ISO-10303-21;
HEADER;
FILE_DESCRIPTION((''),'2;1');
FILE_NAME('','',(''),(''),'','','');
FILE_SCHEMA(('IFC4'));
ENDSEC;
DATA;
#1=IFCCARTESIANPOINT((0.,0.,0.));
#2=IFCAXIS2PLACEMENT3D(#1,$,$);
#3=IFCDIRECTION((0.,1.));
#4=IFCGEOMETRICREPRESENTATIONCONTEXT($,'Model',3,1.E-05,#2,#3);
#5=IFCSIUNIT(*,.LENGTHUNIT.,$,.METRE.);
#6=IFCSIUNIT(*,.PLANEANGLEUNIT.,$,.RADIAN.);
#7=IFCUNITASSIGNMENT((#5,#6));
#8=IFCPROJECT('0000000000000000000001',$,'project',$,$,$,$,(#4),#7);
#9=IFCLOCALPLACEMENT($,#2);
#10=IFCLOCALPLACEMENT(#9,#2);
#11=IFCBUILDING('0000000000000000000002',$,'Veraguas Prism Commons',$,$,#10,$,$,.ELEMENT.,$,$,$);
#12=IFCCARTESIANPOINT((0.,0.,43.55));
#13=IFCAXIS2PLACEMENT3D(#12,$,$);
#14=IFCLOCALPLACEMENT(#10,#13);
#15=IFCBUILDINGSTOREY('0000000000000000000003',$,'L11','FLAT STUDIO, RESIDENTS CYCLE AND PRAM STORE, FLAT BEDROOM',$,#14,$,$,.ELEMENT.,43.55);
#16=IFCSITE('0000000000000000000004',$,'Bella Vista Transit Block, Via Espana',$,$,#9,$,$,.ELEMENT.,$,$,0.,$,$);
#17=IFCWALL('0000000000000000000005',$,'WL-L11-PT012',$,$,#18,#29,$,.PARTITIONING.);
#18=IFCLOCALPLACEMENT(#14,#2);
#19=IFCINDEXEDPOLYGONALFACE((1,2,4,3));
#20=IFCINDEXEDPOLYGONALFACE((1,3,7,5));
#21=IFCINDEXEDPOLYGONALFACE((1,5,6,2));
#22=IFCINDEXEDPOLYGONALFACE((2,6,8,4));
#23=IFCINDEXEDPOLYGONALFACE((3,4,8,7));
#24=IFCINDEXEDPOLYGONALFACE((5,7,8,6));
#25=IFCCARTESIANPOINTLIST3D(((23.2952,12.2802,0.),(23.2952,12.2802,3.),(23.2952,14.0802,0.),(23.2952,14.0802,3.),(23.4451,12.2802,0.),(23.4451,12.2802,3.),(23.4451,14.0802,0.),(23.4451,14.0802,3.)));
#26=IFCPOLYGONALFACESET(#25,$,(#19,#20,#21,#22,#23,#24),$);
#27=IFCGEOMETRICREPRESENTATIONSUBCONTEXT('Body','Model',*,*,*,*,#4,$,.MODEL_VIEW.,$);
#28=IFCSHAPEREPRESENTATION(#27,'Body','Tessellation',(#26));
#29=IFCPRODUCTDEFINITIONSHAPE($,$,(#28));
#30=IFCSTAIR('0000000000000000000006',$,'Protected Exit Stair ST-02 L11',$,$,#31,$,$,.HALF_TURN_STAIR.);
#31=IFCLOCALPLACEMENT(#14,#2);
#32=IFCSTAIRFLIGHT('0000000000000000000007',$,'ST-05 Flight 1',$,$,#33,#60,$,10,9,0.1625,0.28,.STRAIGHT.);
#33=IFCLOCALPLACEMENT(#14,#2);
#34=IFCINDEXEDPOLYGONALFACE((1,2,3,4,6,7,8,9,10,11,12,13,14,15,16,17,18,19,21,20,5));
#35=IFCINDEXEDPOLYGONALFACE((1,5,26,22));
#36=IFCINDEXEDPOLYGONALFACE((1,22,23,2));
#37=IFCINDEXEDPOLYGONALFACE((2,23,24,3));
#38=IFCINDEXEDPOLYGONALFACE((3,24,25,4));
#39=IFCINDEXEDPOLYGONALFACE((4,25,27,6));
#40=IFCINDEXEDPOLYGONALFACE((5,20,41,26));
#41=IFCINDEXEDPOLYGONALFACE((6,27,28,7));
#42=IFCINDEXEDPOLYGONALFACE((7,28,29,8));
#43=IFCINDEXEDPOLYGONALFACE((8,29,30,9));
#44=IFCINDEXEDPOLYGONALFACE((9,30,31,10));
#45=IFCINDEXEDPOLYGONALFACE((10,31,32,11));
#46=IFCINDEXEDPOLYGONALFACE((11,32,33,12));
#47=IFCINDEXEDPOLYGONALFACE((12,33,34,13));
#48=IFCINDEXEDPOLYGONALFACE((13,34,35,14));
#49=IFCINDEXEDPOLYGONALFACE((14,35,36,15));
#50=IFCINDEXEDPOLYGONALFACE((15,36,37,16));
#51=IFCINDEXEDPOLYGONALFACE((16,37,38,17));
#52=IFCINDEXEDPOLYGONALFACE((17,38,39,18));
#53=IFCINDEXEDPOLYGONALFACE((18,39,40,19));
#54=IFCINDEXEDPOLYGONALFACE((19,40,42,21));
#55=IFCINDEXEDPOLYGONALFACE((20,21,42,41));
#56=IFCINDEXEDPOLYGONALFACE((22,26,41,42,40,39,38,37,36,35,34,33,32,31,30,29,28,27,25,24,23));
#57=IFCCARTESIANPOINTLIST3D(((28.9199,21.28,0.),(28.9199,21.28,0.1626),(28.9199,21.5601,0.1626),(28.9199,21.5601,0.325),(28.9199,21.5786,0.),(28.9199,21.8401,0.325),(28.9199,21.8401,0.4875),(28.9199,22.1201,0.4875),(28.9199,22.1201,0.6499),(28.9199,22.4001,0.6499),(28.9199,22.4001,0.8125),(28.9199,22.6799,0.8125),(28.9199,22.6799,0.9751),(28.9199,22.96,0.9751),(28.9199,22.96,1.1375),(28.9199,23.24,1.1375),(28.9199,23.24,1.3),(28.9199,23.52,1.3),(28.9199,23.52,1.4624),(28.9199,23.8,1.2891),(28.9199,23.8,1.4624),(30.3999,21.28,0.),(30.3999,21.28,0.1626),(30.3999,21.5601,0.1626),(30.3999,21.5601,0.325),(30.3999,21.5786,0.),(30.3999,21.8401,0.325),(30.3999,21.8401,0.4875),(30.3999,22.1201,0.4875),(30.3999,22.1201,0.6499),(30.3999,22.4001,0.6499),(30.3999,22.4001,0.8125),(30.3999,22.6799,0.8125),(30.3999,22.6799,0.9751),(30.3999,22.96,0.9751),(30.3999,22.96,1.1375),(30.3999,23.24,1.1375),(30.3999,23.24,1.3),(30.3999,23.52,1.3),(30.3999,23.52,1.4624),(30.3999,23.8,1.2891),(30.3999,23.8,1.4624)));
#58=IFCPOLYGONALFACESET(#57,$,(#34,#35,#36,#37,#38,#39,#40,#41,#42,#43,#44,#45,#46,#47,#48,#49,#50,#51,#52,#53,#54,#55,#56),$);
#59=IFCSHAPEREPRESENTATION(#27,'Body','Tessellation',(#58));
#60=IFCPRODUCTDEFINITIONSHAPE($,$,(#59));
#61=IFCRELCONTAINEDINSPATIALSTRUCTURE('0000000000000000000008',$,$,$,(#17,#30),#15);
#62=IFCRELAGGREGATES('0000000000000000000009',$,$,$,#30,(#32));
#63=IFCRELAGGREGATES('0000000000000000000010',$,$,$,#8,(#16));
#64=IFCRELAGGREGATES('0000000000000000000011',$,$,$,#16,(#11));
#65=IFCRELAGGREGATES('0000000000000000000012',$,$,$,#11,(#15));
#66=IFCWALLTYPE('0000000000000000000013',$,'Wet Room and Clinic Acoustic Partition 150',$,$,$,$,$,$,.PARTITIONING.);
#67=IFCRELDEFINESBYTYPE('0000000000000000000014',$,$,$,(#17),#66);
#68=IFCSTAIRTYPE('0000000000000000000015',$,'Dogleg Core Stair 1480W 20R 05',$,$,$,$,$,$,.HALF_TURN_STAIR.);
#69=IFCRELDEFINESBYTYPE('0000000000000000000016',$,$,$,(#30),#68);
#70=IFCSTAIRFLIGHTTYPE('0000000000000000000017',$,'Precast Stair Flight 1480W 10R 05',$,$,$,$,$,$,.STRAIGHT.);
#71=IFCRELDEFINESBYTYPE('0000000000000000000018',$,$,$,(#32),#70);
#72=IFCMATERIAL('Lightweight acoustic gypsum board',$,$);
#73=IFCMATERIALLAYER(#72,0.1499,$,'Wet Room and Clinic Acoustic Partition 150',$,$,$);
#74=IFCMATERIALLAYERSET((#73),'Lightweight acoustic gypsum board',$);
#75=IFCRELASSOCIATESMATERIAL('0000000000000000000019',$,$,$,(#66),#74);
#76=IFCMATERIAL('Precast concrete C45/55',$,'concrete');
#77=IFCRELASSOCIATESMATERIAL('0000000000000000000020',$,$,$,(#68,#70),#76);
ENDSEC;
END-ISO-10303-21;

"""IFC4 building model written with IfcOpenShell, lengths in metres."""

from ifc_helpers import new_model, si_unit, direction, frame, frame_2d, origin, place, context, subcontext, project, spatial, polyline, rectangle, outline, extrude, material, layer, layer_set, type_object, element, aggregate, save


model = new_model("IFC4")

# Units and contexts
model_context = context("Model", 3, precision=1e-05, world=origin(), true_north=direction((0.0, 1.0)))
body_context = subcontext(model_context, "Body", "Model", "MODEL_VIEW")
ifc_project = project(units=[si_unit("LENGTHUNIT", "METRE"), si_unit("PLANEANGLEUNIT", "RADIAN")], contexts=[model_context])

# Site, building, storey
site_placement = place(None, origin())
site = spatial("IfcSite", under=ifc_project, at=site_placement, Name="Bella Vista Transit Block, Via Espana", CompositionType="ELEMENT", RefElevation=0.0)
building_placement = place(site_placement, origin())
building = spatial("IfcBuilding", under=site, at=building_placement, Name="Veraguas Prism Commons", CompositionType="ELEMENT")
storey_placement = place(building_placement, frame((0.0, 0.0, 43.55)))
storey = spatial("IfcBuildingStorey", under=building, at=storey_placement, Name="L11", Description="FLAT STUDIO, RESIDENTS CYCLE AND PRAM STORE, FLAT BEDROOM", CompositionType="ELEMENT", Elevation=43.55)

# Shared definitions
ifc_material_1 = material(Name="Lightweight acoustic gypsum board")

# Wall
ifc_layer_1 = layer(ifc_material_1, 0.1499, Name="Wet Room and Clinic Acoustic Partition 150")
ifc_layer_set_1 = layer_set([ifc_layer_1], Name="Lightweight acoustic gypsum board")
wall_type_1 = type_object("IfcWallType", Name="Wet Room and Clinic Acoustic Partition 150", PredefinedType="PARTITIONING", material=ifc_layer_set_1)
wall_1_placement = place(storey_placement, frame((23.3701, 14.0801, 0.0), z_axis=(0.0, 0.0, 1.0), x_axis=(0.0, -1.0, 0.0)))
element("IfcWall", 1, at=wall_1_placement, inside=storey, type_object=wall_type_1, Name="WL-L11-PT012", PredefinedType="PARTITIONING", context=body_context, shape_type="SweptSolid", body=[
    extrude(rectangle(XDim=1.8, YDim=0.1499, at=frame_2d((0.8999, 0.0))), origin(), (0.0, 0.0, 1.0), 3.0),
])

# Stair, stair flight
ifc_material_2 = material(Name="Precast concrete C45/55", Category="concrete")
stair_type = type_object("IfcStairType", Name="Dogleg Core Stair 1480W 20R 05", PredefinedType="HALF_TURN_STAIR", material=ifc_material_2)
stair_placement = place(storey_placement, origin())
stair = element("IfcStair", 2, at=stair_placement, inside=storey, type_object=stair_type, Name="Protected Exit Stair ST-02 L11", PredefinedType="HALF_TURN_STAIR")
stair_flight_type = type_object("IfcStairFlightType", Name="Precast Stair Flight 1480W 10R 05", PredefinedType="STRAIGHT", material=ifc_material_2)
stair_flight_placement = place(storey_placement, frame((29.6599, 21.28, 0.0), z_axis=(0.0, 0.0, 1.0), x_axis=(0.0, 1.0, 0.0)))
stair_flight = element("IfcStairFlight", 3, at=stair_flight_placement, type_object=stair_flight_type, Name="ST-05 Flight 1", NumberOfRisers=10, NumberOfTreads=9, PredefinedType="STRAIGHT", RiserHeight=0.1625, TreadLength=0.28, context=body_context, shape_type="SweptSolid", body=[
    extrude(outline(polyline([(0.0, 0.0), (0.0, 0.1626), (0.28, 0.1626), (0.28, 0.325), (0.5601, 0.325), (0.5601, 0.4875), (0.8401, 0.4875), (0.8401, 0.6499), (1.1201, 0.6499), (1.1201, 0.8125), (1.3999, 0.8125), (1.3999, 0.9751), (1.6799, 0.9751), (1.6799, 1.1375), (1.96, 1.1375), (1.96, 1.3), (2.24, 1.3), (2.24, 1.4624), (2.52, 1.4624), (2.52, 1.625), (2.52, 1.2891), (0.2986, 0.0), (0.0, 0.0)])), frame((0.0, 0.74, 0.0), z_axis=(0.0, -1.0, 0.0), x_axis=(1.0, 0.0, 0.0)), (0.0, 0.0, 1.0), 1.48),
])
aggregate(stair, [stair_flight])

save(model, "model.ifc")
